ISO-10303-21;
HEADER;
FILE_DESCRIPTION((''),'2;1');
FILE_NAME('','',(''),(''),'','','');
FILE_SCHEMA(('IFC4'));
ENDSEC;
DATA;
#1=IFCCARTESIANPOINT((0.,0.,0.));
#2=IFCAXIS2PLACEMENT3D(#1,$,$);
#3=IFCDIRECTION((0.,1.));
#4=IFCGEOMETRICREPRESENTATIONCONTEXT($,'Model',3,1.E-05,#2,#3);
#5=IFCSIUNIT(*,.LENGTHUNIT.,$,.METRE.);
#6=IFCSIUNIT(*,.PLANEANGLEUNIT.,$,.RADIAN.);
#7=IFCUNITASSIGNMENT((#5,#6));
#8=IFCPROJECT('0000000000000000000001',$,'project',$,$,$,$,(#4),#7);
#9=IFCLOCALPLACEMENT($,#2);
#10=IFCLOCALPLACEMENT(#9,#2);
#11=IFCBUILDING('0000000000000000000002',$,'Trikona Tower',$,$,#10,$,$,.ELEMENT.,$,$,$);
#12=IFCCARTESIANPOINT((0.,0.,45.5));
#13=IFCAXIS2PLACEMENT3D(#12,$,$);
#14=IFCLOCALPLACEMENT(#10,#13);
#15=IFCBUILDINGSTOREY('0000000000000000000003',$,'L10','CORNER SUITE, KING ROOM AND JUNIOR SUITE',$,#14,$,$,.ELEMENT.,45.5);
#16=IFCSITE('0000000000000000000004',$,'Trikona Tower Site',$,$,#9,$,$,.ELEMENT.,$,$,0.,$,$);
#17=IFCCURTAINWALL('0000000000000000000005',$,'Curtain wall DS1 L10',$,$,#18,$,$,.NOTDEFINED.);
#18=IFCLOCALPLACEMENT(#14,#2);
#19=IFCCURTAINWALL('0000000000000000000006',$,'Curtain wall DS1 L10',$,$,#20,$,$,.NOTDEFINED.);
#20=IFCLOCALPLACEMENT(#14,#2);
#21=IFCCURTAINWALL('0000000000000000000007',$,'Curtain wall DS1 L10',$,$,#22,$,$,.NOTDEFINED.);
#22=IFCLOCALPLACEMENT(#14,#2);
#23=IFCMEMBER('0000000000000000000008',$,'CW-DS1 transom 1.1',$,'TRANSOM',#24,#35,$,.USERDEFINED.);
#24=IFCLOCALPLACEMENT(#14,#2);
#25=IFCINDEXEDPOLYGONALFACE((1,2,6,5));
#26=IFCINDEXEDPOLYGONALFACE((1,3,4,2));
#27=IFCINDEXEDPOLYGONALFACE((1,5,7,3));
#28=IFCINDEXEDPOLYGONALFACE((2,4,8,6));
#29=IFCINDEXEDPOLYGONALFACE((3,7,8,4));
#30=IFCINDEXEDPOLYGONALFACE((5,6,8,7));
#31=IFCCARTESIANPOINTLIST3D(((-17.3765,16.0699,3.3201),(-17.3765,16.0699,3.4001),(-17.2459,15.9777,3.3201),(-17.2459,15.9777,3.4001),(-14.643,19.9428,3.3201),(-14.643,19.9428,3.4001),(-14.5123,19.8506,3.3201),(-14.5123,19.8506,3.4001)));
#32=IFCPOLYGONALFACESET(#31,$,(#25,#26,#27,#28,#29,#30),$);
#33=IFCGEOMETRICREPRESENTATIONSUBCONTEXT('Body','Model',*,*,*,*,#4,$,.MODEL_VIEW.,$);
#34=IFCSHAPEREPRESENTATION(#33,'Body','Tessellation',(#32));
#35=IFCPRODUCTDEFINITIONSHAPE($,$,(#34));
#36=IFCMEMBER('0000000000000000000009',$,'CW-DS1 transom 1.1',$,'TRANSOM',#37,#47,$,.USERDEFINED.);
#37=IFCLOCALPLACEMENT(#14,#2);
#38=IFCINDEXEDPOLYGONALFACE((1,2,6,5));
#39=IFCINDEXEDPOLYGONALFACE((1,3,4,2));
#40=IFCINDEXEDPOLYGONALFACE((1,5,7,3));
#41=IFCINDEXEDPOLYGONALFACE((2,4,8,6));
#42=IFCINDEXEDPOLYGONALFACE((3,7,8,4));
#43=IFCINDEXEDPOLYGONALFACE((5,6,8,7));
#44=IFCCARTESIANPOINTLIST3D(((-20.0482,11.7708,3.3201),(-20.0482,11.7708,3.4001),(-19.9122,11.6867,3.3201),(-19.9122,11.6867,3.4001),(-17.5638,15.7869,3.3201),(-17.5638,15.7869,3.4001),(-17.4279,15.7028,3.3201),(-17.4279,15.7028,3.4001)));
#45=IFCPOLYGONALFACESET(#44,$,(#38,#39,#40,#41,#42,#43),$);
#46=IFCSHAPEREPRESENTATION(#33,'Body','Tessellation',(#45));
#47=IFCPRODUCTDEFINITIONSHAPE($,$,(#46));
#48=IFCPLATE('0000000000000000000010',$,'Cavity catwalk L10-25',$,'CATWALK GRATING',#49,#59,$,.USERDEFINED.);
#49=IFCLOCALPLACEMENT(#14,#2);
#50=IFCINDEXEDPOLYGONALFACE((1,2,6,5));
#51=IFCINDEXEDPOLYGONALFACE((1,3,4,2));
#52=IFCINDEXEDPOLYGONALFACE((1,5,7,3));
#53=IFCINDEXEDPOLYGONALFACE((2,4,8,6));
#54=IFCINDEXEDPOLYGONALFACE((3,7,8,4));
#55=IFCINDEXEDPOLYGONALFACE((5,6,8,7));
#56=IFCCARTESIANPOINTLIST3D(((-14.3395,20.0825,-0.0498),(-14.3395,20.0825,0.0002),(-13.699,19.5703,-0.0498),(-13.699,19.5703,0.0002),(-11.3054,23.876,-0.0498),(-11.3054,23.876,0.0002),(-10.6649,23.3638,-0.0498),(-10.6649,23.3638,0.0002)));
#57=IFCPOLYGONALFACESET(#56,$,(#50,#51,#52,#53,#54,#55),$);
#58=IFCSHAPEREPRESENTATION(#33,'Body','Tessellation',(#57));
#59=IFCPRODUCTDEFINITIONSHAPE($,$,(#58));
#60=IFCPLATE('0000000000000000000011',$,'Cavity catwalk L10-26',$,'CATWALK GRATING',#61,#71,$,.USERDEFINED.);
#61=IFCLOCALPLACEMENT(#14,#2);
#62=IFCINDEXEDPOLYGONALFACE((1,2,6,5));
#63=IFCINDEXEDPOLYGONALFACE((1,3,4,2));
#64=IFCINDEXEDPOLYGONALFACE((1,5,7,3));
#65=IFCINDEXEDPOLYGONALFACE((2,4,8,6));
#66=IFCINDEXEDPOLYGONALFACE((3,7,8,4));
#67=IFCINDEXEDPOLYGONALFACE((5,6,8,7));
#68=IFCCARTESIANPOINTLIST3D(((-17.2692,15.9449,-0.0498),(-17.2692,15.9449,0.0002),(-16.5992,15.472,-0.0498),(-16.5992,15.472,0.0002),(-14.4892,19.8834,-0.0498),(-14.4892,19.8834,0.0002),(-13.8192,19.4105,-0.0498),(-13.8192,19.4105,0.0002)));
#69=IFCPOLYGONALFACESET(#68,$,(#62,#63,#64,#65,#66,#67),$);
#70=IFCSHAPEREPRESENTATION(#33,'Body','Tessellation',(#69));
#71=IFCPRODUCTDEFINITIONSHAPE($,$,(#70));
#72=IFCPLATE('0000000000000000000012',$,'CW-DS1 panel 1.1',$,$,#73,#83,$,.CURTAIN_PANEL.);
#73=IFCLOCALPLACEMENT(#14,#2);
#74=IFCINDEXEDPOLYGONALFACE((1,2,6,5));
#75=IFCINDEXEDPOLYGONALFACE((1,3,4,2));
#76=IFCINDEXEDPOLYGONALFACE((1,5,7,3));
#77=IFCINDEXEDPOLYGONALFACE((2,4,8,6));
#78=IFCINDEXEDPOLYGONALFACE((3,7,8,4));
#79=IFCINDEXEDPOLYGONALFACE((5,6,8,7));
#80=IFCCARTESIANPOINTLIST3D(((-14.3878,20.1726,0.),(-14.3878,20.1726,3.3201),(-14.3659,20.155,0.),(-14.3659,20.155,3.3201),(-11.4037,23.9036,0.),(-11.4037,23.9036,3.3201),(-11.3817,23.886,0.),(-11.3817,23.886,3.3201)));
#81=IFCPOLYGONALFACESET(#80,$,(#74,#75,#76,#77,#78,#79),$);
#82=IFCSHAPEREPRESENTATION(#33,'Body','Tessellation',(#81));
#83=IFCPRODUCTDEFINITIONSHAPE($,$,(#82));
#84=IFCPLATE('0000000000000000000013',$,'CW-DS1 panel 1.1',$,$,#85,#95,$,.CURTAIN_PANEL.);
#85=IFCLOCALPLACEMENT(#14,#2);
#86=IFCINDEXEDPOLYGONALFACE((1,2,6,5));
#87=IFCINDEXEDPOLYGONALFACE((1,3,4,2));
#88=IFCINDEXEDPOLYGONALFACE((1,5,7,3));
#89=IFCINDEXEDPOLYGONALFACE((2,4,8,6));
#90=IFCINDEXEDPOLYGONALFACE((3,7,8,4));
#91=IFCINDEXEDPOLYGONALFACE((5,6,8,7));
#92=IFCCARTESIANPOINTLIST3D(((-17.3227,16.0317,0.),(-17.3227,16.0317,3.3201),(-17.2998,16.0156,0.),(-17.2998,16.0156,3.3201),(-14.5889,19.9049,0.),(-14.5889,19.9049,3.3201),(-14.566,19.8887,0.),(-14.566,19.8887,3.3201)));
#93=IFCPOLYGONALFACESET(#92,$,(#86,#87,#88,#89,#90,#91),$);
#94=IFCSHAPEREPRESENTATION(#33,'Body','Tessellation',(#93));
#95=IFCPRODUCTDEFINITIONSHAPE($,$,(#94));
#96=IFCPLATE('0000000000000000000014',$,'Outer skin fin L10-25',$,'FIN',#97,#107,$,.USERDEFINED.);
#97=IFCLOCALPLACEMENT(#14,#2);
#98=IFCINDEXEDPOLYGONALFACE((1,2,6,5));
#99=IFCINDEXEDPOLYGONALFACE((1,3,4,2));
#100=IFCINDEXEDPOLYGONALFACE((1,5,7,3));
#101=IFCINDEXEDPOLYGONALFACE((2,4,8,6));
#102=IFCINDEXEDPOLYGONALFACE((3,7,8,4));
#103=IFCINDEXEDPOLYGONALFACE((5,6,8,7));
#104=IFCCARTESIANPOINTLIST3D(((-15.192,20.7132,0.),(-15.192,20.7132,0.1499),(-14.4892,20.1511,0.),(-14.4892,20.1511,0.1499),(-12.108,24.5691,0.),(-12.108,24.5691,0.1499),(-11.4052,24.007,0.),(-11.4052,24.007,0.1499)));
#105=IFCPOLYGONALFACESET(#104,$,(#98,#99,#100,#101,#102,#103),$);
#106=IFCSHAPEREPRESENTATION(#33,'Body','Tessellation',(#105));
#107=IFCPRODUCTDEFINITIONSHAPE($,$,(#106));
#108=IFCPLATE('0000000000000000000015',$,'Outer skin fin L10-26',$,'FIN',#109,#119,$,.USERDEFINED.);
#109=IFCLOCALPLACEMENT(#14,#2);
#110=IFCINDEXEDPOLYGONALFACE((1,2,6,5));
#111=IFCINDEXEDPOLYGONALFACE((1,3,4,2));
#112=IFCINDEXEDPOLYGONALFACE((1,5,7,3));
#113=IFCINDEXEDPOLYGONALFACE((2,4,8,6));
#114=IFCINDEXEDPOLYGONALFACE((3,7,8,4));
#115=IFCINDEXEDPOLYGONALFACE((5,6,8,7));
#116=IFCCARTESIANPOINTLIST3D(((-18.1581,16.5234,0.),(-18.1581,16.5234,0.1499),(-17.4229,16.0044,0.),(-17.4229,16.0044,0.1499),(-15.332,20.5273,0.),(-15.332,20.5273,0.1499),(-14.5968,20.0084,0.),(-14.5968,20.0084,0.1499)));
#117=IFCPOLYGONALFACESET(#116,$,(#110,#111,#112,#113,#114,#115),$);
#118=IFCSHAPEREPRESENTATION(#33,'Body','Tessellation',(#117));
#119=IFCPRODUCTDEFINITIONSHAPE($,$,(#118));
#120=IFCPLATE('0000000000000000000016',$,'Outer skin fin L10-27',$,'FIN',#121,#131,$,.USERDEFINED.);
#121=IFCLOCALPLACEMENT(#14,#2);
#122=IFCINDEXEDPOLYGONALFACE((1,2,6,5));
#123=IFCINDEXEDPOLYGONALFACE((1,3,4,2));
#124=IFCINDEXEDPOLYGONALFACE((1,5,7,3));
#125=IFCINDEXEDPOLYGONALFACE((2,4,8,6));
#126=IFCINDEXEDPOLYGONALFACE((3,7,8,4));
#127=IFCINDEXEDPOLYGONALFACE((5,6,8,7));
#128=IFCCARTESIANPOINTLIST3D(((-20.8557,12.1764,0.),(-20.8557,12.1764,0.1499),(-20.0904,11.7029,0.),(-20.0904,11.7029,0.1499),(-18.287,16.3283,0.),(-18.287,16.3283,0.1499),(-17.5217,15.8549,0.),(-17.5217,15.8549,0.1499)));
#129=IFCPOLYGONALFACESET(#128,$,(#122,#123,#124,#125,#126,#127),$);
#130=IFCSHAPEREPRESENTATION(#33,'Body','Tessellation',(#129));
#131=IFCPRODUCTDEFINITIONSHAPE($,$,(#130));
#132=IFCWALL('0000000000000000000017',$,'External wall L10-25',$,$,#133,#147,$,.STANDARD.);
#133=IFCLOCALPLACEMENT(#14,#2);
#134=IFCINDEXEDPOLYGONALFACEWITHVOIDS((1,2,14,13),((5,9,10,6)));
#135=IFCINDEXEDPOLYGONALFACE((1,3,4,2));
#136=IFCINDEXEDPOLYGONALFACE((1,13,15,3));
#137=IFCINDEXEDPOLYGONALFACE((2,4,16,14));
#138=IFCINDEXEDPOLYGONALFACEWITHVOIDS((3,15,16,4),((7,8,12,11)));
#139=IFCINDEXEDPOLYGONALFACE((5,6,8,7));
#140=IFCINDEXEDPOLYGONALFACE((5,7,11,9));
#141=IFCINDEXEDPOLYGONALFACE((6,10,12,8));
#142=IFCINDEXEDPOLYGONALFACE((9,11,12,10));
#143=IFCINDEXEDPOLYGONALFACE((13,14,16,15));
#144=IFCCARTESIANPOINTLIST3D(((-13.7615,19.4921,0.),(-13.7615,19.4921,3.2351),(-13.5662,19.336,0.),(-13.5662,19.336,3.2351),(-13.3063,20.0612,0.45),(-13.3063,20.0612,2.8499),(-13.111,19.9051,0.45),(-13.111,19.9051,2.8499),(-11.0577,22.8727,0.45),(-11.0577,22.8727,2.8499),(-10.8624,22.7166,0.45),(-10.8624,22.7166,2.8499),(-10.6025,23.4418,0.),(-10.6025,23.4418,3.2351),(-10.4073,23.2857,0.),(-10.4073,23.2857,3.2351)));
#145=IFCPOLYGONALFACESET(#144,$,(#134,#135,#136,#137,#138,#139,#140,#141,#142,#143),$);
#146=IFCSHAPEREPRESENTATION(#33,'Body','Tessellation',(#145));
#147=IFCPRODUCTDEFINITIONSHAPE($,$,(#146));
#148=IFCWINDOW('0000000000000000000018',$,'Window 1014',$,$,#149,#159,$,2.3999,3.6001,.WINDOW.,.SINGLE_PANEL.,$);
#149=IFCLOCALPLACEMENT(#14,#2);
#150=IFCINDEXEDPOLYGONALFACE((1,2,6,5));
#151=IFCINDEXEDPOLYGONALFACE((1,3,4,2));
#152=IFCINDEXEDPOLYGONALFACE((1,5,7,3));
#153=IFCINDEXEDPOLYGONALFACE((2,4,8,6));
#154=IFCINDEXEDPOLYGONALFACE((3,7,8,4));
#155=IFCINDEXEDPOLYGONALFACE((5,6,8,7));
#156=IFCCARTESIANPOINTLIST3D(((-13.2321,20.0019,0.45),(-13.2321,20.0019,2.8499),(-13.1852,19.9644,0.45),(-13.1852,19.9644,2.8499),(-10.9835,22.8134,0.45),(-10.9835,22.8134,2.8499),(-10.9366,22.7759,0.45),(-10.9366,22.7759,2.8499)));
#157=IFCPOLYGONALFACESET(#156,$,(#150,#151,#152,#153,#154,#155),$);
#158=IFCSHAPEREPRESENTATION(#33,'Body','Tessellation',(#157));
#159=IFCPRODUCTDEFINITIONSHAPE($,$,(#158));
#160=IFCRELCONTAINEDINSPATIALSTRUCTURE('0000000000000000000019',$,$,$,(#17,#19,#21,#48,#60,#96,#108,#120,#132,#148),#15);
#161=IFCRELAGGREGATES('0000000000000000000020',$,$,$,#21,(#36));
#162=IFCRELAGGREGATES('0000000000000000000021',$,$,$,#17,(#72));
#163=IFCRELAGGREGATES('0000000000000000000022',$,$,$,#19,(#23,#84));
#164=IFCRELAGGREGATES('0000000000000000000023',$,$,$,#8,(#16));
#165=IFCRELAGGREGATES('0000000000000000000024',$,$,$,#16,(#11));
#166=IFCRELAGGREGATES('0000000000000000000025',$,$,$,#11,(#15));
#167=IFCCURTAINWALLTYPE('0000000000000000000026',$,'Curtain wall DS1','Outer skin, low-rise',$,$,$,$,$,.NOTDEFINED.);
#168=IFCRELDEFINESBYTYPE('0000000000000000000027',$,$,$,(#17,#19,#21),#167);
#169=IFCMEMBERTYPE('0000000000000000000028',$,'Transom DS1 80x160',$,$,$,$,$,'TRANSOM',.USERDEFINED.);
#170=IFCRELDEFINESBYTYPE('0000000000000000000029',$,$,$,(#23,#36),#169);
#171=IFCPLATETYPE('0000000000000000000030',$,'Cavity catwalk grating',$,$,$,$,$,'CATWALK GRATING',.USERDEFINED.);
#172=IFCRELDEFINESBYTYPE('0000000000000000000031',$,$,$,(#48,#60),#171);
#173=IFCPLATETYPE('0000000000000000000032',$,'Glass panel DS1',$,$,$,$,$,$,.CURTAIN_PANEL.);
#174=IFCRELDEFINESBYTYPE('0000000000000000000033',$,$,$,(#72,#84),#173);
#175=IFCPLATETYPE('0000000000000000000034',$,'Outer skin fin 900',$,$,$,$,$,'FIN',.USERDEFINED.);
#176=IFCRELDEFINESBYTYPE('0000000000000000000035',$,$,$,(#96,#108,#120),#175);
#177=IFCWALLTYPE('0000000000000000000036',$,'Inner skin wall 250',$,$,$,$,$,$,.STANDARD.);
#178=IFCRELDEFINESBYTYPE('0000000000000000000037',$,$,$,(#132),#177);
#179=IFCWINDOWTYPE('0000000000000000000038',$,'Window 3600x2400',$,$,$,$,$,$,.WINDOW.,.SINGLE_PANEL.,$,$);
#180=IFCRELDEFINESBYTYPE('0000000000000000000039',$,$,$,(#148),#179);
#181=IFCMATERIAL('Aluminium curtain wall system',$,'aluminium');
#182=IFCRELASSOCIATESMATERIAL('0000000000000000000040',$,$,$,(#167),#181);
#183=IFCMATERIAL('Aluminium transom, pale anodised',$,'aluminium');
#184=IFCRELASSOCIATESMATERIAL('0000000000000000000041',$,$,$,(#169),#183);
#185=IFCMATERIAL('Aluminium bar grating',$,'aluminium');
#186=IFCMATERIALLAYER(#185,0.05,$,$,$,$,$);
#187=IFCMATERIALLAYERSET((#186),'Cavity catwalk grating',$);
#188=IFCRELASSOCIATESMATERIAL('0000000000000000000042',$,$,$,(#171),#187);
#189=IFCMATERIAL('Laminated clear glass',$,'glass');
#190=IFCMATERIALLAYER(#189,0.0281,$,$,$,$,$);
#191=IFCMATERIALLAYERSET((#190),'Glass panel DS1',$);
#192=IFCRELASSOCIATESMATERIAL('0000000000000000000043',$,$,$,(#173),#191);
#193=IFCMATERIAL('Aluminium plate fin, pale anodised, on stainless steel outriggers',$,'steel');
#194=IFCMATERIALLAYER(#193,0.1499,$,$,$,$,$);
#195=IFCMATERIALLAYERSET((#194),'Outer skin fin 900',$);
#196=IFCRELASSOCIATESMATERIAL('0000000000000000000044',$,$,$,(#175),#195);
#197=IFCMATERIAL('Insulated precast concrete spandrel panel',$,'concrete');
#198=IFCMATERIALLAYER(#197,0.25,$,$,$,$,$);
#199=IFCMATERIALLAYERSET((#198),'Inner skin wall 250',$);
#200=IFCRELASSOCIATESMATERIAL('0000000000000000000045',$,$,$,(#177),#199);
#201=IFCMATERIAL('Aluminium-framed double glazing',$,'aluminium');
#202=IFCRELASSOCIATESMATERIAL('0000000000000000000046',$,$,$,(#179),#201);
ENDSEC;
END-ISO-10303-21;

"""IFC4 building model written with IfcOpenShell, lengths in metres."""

from ifc_helpers import new_model, si_unit, direction, frame, frame_2d, origin, origin_2d, place, context, subcontext, project, spatial, rectangle, extrude, material, layer, layer_set, material_profile, profile_set, type_object, element, fill, aggregate, save


model = new_model("IFC4")

# Units and contexts
model_context = context("Model", 3, precision=1e-05, world=origin(), true_north=direction((0.0, 1.0)))
body_context = subcontext(model_context, "Body", "Model", "MODEL_VIEW")
ifc_project = project(units=[si_unit("LENGTHUNIT", "METRE"), si_unit("PLANEANGLEUNIT", "RADIAN")], contexts=[model_context])

# Site, building, storey
site_placement = place(None, origin())
site = spatial("IfcSite", under=ifc_project, at=site_placement, Name="Trikona Tower Site", CompositionType="ELEMENT", RefElevation=0.0)
building_placement = place(site_placement, origin())
building = spatial("IfcBuilding", under=site, at=building_placement, Name="Trikona Tower", CompositionType="ELEMENT")
storey_placement = place(building_placement, frame((0.0, 0.0, 45.5)))
storey = spatial("IfcBuildingStorey", under=building, at=storey_placement, Name="L10", Description="CORNER SUITE, KING ROOM AND JUNIOR SUITE", CompositionType="ELEMENT", Elevation=45.5)

# Shared definitions
ifc_material_1 = material(Name="Aluminium curtain wall system", Category="aluminium")
curtain_wall_type = type_object("IfcCurtainWallType", Name="Curtain wall DS1", Description="Outer skin, low-rise", PredefinedType="NOTDEFINED", material=ifc_material_1)

# Curtain walls
curtain_wall_1_placement = place(storey_placement, origin())
curtain_wall_1 = element("IfcCurtainWall", 1, at=curtain_wall_1_placement, inside=storey, type_object=curtain_wall_type, Name="Curtain wall DS1 L10", PredefinedType="NOTDEFINED")
curtain_wall_2_placement = place(storey_placement, origin())
curtain_wall_2 = element("IfcCurtainWall", 2, at=curtain_wall_2_placement, inside=storey, type_object=curtain_wall_type, Name="Curtain wall DS1 L10", PredefinedType="NOTDEFINED")

# Curtain wall
curtain_wall_3_placement = place(storey_placement, origin())
curtain_wall_3 = element("IfcCurtainWall", 3, at=curtain_wall_3_placement, inside=storey, type_object=curtain_wall_type, Name="Curtain wall DS1 L10", PredefinedType="NOTDEFINED")

# Members
ifc_material_2 = material(Name="Aluminium transom, pale anodised", Category="aluminium")
ifc_material_profile_1 = material_profile(ifc_material_2, rectangle(XDim=0.1599, YDim=0.0801, at=origin_2d()), Name="TRN-DS1")
ifc_profile_set_1 = profile_set([ifc_material_profile_1], Name="Aluminium transom, pale anodised")
member_type_1 = type_object("IfcMemberType", Name="Transom DS1 80x160", ElementType="TRANSOM", PredefinedType="USERDEFINED", material=ifc_profile_set_1)
member_1_placement = place(storey_placement, frame((-14.5776, 19.8967, 3.3601), z_axis=(-0.576645, -0.816995, 0.0), x_axis=(0.816995, -0.576645, 0.0)))
member_1 = element("IfcMember", 4, at=member_1_placement, type_object=member_type_1, Name="CW-DS1 transom 1.1", ObjectType="TRANSOM", PredefinedType="USERDEFINED", context=body_context, shape_type="SweptSolid", body=[
    extrude(rectangle(XDim=0.1599, YDim=0.0801, at=origin_2d()), origin(), (0.0, 0.0, 1.0), 4.7405),
])
member_2_placement = place(storey_placement, frame((-17.4958, 15.7449, 3.3601), z_axis=(-0.526081, -0.850435, 0.0), x_axis=(0.850435, -0.526081, 0.0)))
member_2 = element("IfcMember", 5, at=member_2_placement, type_object=member_type_1, Name="CW-DS1 transom 1.1", ObjectType="TRANSOM", PredefinedType="USERDEFINED", context=body_context, shape_type="SweptSolid", body=[
    extrude(rectangle(XDim=0.1599, YDim=0.0801, at=origin_2d()), origin(), (0.0, 0.0, 1.0), 4.7224),
])
aggregate(curtain_wall_3, [member_2])

# Plates
ifc_material_3 = material(Name="Aluminium bar grating", Category="aluminium")
ifc_layer_1 = layer(ifc_material_3, 0.05)
ifc_layer_set_1 = layer_set([ifc_layer_1], Name="Cavity catwalk grating")
plate_type_1 = type_object("IfcPlateType", Name="Cavity catwalk grating", ElementType="CATWALK GRATING", PredefinedType="USERDEFINED", material=ifc_layer_set_1)
plate_1_placement = place(storey_placement, frame((-12.5022, 21.7231, -0.0498), z_axis=(0.0, 0.0, 1.0), x_axis=(-0.624604, -0.780942, 0.0)))
element("IfcPlate", 6, at=plate_1_placement, inside=storey, type_object=plate_type_1, Name="Cavity catwalk L10-25", ObjectType="CATWALK GRATING", PredefinedType="USERDEFINED", context=body_context, shape_type="SweptSolid", body=[
    extrude(rectangle(XDim=4.8577, YDim=0.8201, at=origin_2d()), origin(), (0.0, 0.0, 1.0), 0.05),
])
plate_2_placement = place(storey_placement, frame((-15.5442, 17.6777, -0.0498), z_axis=(0.0, 0.0, 1.0), x_axis=(-0.576662, -0.816983, 0.0)))
element("IfcPlate", 7, at=plate_2_placement, inside=storey, type_object=plate_type_1, Name="Cavity catwalk L10-26", ObjectType="CATWALK GRATING", PredefinedType="USERDEFINED", context=body_context, shape_type="SweptSolid", body=[
    extrude(rectangle(XDim=4.8208, YDim=0.8201, at=origin_2d()), origin(), (0.0, 0.0, 1.0), 0.05),
])

# Plates
ifc_material_4 = material(Name="Laminated clear glass", Category="glass")
ifc_layer_2 = layer(ifc_material_4, 0.0281)
ifc_layer_set_2 = layer_set([ifc_layer_2], Name="Glass panel DS1")
plate_type_2 = type_object("IfcPlateType", Name="Glass panel DS1", PredefinedType="CURTAIN_PANEL", material=ifc_layer_set_2)
plate_3_placement = place(storey_placement, frame((-12.8848, 22.0293, 0.0), z_axis=(0.0, 0.0, 1.0), x_axis=(-0.624609, -0.780938, 0.0)))
plate_3 = element("IfcPlate", 8, at=plate_3_placement, type_object=plate_type_2, Name="CW-DS1 panel 1.1", PredefinedType="CURTAIN_PANEL", context=body_context, shape_type="SweptSolid", body=[
    extrude(rectangle(XDim=4.7776, YDim=0.0281, at=origin_2d()), origin(), (0.0, 0.0, 1.0), 3.3201),
])
aggregate(curtain_wall_1, [plate_3])
plate_4_placement = place(storey_placement, frame((-15.9443, 17.9602, 0.0), z_axis=(0.0, 0.0, 1.0), x_axis=(-0.576658, -0.816985, 0.0)))
plate_4 = element("IfcPlate", 9, at=plate_4_placement, type_object=plate_type_2, Name="CW-DS1 panel 1.1", PredefinedType="CURTAIN_PANEL", context=body_context, shape_type="SweptSolid", body=[
    extrude(rectangle(XDim=4.7407, YDim=0.0281, at=origin_2d()), origin(), (0.0, 0.0, 1.0), 3.3201),
])
aggregate(curtain_wall_2, [member_1, plate_4])

# Plates
ifc_material_5 = material(Name="Aluminium plate fin, pale anodised, on stainless steel outriggers", Category="steel")
ifc_layer_3 = layer(ifc_material_5, 0.1499)
ifc_layer_set_3 = layer_set([ifc_layer_3], Name="Outer skin fin 900")
plate_type_3 = type_object("IfcPlateType", Name="Outer skin fin 900", ElementType="FIN", PredefinedType="USERDEFINED", material=ifc_layer_set_3)
plate_5_placement = place(storey_placement, frame((-13.2986, 22.3601, 0.0), z_axis=(0.0, 0.0, 1.0), x_axis=(-0.624604, -0.780942, 0.0)))
element("IfcPlate", 10, at=plate_5_placement, inside=storey, type_object=plate_type_3, Name="Outer skin fin L10-25", ObjectType="FIN", PredefinedType="USERDEFINED", context=body_context, shape_type="SweptSolid", body=[
    extrude(rectangle(XDim=4.9375, YDim=0.8999, at=origin_2d()), origin(), (0.0, 0.0, 1.0), 0.1499),
])
plate_6_placement = place(storey_placement, frame((-16.3774, 18.2659, 0.0), z_axis=(0.0, 0.0, 1.0), x_axis=(-0.576662, -0.816983, 0.0)))
element("IfcPlate", 11, at=plate_6_placement, inside=storey, type_object=plate_type_3, Name="Outer skin fin L10-26", ObjectType="FIN", PredefinedType="USERDEFINED", context=body_context, shape_type="SweptSolid", body=[
    extrude(rectangle(XDim=4.9009, YDim=0.8999, at=origin_2d()), origin(), (0.0, 0.0, 1.0), 0.1499),
])
plate_7_placement = place(storey_placement, frame((-19.1887, 14.0156, 0.0), z_axis=(0.0, 0.0, 1.0), x_axis=(-0.526119, -0.850411, 0.0)))
element("IfcPlate", 12, at=plate_7_placement, inside=storey, type_object=plate_type_3, Name="Outer skin fin L10-27", ObjectType="FIN", PredefinedType="USERDEFINED", context=body_context, shape_type="SweptSolid", body=[
    extrude(rectangle(XDim=4.8823, YDim=0.8999, at=origin_2d()), origin(), (0.0, 0.0, 1.0), 0.1499),
])

# Wall, opening, window
ifc_material_6 = material(Name="Insulated precast concrete spandrel panel", Category="concrete")
ifc_layer_4 = layer(ifc_material_6, 0.25)
ifc_layer_set_4 = layer_set([ifc_layer_4], Name="Inner skin wall 250")
wall_type = type_object("IfcWallType", Name="Inner skin wall 250", PredefinedType="STANDARD", material=ifc_layer_set_4)
wall_1_placement = place(storey_placement, frame((-10.5049, 23.3638, 0.0), z_axis=(0.0, 0.0, 1.0), x_axis=(-0.624595, -0.780949, 0.0)))
wall_1 = element("IfcWall", 13, at=wall_1_placement, inside=storey, type_object=wall_type, Name="External wall L10-25", PredefinedType="STANDARD", context=body_context, shape_type="SweptSolid", body=[
    extrude(rectangle(XDim=5.0576, YDim=0.25, at=frame_2d((2.5288, 0.0))), origin(), (0.0, 0.0, 1.0), 3.2351),
])
opening_1_placement = place(wall_1_placement, frame((0.7288, 0.0, 0.45)))
opening_1 = element("IfcOpeningElement", 14, at=opening_1_placement, cuts=wall_1, PredefinedType="OPENING", context=body_context, shape_type="SweptSolid", body=[
    extrude(rectangle(XDim=3.6001, YDim=2.3999, at=frame_2d((1.8, 1.2))), frame((0.0, 0.135, 0.0), z_axis=(0.0, -1.0, 0.0), x_axis=(1.0, 0.0, 0.0)), (0.0, 0.0, 1.0), 0.27),
])
ifc_material_7 = material(Name="Aluminium-framed double glazing", Category="aluminium")
window_type = type_object("IfcWindowType", Name="Window 3600x2400", PartitioningType="SINGLE_PANEL", PredefinedType="WINDOW", material=ifc_material_7)
window_1_placement = place(opening_1_placement, origin())
window_1 = element("IfcWindow", 15, at=window_1_placement, inside=storey, type_object=window_type, Name="Window 1014", OverallHeight=2.3999, OverallWidth=3.6001, PartitioningType="SINGLE_PANEL", PredefinedType="WINDOW", context=body_context, shape_type="SweptSolid", body=[
    extrude(rectangle(XDim=3.6001, YDim=2.3999, at=frame_2d((1.8, 1.2))), frame((0.0, 0.03, 0.0), z_axis=(0.0, -1.0, 0.0), x_axis=(1.0, 0.0, 0.0)), (0.0, 0.0, 1.0), 0.0601),
])
fill(opening_1, window_1)

save(model, "model.ifc")
